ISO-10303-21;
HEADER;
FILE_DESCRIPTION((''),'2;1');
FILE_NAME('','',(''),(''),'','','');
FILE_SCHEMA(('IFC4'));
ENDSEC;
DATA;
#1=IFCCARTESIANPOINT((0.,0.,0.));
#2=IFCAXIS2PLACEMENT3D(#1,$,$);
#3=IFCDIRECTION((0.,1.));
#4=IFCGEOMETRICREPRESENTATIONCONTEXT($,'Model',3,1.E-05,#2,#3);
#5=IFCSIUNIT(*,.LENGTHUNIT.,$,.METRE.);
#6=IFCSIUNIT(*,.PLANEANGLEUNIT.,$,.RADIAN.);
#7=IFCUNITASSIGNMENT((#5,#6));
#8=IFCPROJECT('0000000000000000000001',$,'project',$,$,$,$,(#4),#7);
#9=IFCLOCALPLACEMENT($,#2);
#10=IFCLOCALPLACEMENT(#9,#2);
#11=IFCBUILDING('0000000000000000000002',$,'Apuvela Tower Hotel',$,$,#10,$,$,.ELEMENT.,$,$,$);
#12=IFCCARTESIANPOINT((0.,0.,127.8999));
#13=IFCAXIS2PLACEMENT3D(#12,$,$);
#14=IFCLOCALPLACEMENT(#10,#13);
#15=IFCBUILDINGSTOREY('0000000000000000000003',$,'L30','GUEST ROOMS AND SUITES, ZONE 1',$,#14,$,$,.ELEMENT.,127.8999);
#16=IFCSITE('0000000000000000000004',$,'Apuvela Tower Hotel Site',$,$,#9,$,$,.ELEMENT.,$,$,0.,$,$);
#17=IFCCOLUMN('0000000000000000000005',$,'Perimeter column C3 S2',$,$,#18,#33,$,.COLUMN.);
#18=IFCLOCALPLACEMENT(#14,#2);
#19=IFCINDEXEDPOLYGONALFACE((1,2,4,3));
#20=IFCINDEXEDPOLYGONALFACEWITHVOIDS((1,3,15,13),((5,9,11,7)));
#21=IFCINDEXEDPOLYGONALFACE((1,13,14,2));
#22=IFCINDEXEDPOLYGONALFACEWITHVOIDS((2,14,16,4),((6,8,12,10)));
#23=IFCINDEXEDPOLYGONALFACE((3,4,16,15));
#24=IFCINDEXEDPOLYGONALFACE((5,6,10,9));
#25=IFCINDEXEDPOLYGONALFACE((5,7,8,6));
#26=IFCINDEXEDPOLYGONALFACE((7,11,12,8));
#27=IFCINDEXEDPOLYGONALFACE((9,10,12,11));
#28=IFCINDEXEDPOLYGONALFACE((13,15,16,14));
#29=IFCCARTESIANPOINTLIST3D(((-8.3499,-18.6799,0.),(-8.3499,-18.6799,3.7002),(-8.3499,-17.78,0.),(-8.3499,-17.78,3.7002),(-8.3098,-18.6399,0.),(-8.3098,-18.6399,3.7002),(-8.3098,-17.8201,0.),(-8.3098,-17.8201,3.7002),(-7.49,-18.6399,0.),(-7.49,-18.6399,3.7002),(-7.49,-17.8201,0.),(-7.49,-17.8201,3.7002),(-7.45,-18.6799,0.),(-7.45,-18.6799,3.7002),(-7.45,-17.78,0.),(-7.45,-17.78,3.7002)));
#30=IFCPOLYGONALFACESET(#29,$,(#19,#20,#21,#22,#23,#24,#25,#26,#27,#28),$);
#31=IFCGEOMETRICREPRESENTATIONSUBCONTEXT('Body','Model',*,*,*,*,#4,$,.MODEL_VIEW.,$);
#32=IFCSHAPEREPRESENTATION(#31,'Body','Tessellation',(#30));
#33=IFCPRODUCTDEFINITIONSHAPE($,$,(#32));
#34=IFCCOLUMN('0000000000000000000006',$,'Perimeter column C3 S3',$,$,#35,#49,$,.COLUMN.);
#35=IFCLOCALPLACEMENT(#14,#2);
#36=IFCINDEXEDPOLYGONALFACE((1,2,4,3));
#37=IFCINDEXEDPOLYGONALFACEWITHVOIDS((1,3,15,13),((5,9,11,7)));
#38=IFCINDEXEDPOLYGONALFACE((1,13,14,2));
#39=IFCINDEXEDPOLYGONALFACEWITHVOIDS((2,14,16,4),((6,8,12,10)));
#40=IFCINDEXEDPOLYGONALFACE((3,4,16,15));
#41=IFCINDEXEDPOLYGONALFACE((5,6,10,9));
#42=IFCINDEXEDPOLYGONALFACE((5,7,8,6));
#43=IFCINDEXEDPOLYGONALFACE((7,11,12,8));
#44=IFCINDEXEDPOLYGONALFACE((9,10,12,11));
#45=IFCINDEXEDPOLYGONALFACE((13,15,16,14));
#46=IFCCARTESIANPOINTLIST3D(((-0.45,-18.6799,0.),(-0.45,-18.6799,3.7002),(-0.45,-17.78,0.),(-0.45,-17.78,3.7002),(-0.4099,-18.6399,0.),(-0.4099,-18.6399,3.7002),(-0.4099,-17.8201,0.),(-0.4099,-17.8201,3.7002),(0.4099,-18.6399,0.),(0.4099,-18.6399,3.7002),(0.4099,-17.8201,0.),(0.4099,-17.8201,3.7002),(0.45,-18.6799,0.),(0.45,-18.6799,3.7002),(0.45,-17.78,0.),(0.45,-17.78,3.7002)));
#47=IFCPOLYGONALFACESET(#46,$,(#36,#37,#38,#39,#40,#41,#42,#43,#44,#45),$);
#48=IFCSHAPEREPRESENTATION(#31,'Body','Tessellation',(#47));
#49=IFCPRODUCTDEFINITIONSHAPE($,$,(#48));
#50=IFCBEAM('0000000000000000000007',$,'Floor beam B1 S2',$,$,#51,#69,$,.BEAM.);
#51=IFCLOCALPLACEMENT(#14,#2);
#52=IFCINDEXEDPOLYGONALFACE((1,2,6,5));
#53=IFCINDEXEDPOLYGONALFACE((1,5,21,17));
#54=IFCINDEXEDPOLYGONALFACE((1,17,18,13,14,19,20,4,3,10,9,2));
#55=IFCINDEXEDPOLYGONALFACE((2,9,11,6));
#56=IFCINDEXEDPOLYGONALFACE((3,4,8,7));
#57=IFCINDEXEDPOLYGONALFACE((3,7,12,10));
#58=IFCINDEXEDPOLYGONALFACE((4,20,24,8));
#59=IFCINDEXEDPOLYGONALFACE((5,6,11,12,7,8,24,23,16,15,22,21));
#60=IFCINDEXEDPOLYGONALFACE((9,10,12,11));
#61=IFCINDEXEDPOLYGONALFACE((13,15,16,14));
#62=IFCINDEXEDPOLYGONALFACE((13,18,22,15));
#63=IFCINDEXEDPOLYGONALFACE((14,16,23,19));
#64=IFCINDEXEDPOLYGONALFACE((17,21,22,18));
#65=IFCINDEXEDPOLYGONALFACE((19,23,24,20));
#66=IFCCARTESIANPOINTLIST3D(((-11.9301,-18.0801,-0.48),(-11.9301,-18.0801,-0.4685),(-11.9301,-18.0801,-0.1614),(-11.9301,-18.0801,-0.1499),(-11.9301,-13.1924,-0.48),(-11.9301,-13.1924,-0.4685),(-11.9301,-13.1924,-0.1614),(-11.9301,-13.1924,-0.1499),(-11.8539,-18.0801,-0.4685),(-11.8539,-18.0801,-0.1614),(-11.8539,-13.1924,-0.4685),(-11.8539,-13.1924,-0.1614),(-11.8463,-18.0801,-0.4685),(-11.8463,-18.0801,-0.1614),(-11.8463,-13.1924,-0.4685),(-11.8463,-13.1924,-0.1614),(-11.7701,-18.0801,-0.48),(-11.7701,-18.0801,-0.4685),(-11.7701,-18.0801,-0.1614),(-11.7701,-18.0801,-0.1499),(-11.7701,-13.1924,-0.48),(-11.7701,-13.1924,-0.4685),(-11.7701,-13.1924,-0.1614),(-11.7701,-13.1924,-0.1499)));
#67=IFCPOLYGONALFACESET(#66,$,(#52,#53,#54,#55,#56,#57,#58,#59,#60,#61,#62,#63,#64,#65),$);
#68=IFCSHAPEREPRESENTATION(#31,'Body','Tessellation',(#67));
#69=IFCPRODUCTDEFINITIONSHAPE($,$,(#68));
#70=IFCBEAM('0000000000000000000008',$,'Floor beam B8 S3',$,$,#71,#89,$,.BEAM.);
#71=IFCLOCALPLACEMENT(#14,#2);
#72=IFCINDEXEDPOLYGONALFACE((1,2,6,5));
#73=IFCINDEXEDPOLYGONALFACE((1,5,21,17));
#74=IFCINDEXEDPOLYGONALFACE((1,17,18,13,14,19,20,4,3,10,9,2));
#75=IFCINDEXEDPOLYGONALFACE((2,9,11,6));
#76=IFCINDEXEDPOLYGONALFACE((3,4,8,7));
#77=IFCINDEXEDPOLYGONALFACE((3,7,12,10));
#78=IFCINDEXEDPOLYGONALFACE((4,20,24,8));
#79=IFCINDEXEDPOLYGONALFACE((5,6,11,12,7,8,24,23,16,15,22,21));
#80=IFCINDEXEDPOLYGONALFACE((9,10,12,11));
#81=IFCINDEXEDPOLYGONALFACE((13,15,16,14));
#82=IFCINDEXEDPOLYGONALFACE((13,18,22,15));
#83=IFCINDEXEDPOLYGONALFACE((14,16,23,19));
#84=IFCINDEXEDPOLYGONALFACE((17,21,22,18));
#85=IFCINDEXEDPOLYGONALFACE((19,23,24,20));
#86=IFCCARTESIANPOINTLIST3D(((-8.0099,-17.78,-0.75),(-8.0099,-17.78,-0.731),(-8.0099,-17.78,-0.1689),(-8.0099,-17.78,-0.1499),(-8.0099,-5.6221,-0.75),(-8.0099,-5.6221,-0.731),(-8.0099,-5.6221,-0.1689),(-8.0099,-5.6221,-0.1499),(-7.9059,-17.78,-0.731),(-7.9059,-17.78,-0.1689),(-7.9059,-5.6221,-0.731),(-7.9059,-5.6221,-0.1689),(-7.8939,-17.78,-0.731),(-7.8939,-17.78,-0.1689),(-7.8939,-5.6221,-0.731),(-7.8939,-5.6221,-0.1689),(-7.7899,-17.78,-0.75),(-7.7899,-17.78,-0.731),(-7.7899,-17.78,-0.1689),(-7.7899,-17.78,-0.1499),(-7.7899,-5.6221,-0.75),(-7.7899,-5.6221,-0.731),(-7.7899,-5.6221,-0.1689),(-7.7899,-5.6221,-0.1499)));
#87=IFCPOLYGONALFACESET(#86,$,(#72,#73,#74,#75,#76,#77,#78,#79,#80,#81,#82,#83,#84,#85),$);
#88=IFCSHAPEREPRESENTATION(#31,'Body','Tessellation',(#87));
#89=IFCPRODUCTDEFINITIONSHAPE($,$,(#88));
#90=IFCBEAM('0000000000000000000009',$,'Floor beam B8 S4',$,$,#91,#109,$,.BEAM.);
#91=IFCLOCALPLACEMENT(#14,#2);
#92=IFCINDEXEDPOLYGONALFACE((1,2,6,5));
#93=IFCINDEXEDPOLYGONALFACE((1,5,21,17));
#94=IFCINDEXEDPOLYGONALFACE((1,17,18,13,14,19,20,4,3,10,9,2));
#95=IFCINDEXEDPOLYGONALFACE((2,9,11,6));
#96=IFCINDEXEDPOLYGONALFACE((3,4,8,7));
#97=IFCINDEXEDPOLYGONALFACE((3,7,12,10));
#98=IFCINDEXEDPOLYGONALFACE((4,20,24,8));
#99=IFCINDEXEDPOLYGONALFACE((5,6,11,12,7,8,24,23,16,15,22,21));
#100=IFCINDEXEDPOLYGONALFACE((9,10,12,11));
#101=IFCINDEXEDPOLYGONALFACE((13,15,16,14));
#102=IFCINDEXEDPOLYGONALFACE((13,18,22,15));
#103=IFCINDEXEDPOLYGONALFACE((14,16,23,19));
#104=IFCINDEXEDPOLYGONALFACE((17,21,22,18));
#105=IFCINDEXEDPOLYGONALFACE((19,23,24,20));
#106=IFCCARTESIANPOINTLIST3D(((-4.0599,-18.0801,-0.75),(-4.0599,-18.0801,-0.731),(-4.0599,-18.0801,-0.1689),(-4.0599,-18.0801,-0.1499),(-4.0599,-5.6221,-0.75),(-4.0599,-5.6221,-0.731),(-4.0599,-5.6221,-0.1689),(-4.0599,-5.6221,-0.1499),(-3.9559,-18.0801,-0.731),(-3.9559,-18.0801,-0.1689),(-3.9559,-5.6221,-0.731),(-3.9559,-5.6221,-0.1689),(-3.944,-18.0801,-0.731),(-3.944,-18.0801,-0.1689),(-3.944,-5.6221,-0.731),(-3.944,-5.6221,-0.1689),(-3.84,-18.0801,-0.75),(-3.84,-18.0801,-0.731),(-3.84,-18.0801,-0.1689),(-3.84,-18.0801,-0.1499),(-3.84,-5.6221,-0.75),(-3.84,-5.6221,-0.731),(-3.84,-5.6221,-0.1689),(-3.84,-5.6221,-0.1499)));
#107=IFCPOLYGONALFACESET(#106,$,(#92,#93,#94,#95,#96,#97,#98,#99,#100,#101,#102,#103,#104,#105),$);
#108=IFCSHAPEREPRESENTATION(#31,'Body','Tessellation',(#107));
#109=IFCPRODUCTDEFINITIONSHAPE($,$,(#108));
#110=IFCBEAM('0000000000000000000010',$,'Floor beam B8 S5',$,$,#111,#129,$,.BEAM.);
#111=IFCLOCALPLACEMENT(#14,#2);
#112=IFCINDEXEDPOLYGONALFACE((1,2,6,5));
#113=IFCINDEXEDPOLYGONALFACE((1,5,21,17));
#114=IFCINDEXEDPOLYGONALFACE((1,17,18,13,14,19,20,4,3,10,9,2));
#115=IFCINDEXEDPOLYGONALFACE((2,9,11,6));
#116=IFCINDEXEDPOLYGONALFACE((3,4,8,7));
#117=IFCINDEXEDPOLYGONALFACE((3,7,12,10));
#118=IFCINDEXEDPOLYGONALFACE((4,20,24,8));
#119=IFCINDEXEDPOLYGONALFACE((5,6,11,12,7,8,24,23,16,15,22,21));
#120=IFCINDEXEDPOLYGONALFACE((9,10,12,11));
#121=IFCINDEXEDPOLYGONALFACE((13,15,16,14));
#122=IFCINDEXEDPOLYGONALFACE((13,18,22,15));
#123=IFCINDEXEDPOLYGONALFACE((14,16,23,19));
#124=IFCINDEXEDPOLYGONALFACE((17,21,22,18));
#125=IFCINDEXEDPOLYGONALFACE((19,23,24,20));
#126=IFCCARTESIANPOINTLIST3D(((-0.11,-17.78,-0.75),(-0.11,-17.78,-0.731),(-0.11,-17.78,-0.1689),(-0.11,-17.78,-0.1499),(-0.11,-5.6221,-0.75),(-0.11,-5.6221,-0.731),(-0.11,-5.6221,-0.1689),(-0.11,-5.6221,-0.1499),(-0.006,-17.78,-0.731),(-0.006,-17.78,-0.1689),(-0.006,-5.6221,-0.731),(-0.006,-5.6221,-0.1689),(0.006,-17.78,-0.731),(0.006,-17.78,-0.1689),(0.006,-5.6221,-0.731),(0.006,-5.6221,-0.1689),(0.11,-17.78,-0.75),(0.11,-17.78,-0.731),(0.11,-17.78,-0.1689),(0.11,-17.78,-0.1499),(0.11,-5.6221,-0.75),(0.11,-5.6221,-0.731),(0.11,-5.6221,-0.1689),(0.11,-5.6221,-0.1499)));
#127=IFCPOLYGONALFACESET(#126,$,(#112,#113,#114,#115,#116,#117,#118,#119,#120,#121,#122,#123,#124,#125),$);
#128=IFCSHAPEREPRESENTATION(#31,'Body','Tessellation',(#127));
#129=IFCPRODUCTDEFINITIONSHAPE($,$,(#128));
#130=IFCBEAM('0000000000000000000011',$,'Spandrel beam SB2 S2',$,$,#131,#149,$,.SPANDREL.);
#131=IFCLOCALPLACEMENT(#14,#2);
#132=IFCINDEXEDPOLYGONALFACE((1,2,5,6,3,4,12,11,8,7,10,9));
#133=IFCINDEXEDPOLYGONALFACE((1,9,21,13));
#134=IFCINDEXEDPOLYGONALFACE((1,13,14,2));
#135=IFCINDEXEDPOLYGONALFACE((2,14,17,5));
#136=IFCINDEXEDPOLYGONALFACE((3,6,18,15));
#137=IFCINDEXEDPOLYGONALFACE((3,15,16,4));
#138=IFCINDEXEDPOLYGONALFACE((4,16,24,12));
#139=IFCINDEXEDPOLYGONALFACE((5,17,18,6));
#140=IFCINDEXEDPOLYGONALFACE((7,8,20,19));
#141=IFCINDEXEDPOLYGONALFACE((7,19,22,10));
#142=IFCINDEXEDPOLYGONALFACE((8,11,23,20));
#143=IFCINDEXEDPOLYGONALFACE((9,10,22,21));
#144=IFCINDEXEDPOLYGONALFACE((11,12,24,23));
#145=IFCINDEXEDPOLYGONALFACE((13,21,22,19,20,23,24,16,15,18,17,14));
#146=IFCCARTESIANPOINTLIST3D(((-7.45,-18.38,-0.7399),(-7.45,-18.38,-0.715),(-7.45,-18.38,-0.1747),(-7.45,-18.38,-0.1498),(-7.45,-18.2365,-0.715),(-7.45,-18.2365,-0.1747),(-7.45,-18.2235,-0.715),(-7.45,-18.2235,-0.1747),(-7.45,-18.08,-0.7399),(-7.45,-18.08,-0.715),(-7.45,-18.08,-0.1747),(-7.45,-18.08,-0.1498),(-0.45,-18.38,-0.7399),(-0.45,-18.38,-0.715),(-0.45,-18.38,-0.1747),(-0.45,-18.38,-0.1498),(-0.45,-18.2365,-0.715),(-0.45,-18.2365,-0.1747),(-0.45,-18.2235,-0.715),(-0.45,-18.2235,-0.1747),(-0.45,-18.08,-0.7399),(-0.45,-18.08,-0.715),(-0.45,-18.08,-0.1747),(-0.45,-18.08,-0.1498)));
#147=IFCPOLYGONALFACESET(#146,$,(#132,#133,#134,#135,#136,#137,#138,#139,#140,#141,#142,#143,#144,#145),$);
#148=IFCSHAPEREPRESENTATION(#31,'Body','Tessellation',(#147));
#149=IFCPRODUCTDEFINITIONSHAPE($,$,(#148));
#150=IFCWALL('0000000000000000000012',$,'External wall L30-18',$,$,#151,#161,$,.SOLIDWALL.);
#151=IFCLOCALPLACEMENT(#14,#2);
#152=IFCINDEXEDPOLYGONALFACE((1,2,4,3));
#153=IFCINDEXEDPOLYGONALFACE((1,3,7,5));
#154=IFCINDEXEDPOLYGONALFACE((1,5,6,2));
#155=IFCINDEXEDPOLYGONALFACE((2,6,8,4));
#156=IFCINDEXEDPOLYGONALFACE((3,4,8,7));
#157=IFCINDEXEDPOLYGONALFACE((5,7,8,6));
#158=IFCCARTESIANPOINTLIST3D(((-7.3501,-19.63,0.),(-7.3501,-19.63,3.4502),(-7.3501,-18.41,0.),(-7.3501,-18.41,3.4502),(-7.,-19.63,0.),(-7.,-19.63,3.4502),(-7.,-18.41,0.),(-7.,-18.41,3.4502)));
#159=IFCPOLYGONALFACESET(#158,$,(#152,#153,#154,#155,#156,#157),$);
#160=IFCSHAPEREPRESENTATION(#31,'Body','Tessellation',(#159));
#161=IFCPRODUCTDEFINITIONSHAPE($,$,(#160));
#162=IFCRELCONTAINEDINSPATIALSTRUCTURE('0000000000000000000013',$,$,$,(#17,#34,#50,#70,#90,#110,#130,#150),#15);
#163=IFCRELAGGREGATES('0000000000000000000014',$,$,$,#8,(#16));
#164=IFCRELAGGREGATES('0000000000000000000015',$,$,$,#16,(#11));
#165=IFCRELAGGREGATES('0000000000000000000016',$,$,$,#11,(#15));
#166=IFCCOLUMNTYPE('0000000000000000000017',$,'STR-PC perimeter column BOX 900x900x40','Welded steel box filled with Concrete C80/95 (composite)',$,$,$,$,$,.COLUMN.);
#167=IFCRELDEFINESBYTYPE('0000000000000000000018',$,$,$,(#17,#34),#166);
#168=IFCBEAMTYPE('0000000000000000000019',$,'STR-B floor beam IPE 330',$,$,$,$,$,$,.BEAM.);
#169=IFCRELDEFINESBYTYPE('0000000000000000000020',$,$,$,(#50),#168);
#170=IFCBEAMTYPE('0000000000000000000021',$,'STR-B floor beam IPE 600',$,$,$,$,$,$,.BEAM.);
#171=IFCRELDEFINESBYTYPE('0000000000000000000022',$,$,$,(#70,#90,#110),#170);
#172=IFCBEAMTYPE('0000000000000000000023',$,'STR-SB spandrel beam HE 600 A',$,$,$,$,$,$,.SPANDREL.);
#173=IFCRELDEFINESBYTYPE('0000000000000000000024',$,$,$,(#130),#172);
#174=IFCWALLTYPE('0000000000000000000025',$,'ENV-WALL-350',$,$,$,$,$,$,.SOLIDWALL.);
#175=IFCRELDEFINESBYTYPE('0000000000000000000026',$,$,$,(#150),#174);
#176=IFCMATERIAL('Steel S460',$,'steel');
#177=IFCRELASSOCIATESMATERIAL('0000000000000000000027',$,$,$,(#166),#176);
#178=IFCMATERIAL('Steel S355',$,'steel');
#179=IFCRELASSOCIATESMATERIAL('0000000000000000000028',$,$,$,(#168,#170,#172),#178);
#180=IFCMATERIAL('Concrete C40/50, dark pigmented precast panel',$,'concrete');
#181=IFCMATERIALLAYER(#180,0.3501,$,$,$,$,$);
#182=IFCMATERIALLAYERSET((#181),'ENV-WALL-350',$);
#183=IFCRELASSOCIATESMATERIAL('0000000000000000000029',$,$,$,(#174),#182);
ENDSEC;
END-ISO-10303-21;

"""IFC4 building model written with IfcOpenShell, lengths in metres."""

from ifc_helpers import new_model, si_unit, direction, frame, frame_2d, origin, origin_2d, place, context, subcontext, project, spatial, rectangle, hollow_rectangle, i_section, extrude, material, layer, layer_set, material_profile, profile_set, type_object, element, save


model = new_model("IFC4")

# Units and contexts
model_context = context("Model", 3, precision=1e-05, world=origin(), true_north=direction((0.0, 1.0)))
body_context = subcontext(model_context, "Body", "Model", "MODEL_VIEW")
ifc_project = project(units=[si_unit("LENGTHUNIT", "METRE"), si_unit("PLANEANGLEUNIT", "RADIAN")], contexts=[model_context])

# Site, building, storey
site_placement = place(None, origin())
site = spatial("IfcSite", under=ifc_project, at=site_placement, Name="Apuvela Tower Hotel Site", CompositionType="ELEMENT", RefElevation=0.0)
building_placement = place(site_placement, origin())
building = spatial("IfcBuilding", under=site, at=building_placement, Name="Apuvela Tower Hotel", CompositionType="ELEMENT")
storey_placement = place(building_placement, frame((0.0, 0.0, 127.8999)))
storey = spatial("IfcBuildingStorey", under=building, at=storey_placement, Name="L30", Description="GUEST ROOMS AND SUITES, ZONE 1", CompositionType="ELEMENT", Elevation=127.8999)

# Columns
ifc_material_1 = material(Name="Steel S460", Category="steel")
ifc_material_profile_1 = material_profile(ifc_material_1, hollow_rectangle(XDim=0.8999, YDim=0.8999, WallThickness=0.04, at=origin_2d()), Name="BOX 900x900x40")
ifc_material_2 = material(Name="Concrete C80/95", Category="concrete")
ifc_material_profile_2 = material_profile(ifc_material_2, rectangle(XDim=0.8201, YDim=0.8201, at=origin_2d()), Name="Concrete C80/95 infill")
ifc_profile_set_1 = profile_set([ifc_material_profile_1, ifc_material_profile_2], Name="Steel S460")
column_type = type_object("IfcColumnType", Name="STR-PC perimeter column BOX 900x900x40", Description="Welded steel box filled with Concrete C80/95 (composite)", PredefinedType="COLUMN", material=ifc_profile_set_1)
for number, where, z_axis, x_axis, name in (
    (1, (-7.8999, -18.23, 0.0), (0.0, 0.0, 1.0), (-1.0, 0.0, 0.0), "Perimeter column C3 S2"),
    (2, (0.0, -18.23, 0.0), (0.0, 0.0, 1.0), (-1.0, 0.0, 0.0), "Perimeter column C3 S3"),
):
    element("IfcColumn", number, at=place(storey_placement, frame(where, z_axis=z_axis, x_axis=x_axis)), inside=storey, type_object=column_type, Name=name, PredefinedType="COLUMN", context=body_context, shape_type="SweptSolid", body=[
        extrude(hollow_rectangle(XDim=0.8999, YDim=0.8999, WallThickness=0.04, at=origin_2d()), origin(), (0.0, 0.0, 1.0), 3.7002),
    ])

# Beams
ifc_material_3 = material(Name="Steel S355", Category="steel")
ifc_material_profile_3 = material_profile(ifc_material_3, i_section(OverallWidth=0.1599, OverallDepth=0.3301, WebThickness=0.0076, FlangeThickness=0.0115, at=origin_2d()), Name="IPE 330")
ifc_profile_set_2 = profile_set([ifc_material_profile_3], Name="Steel S355")
beam_type_1 = type_object("IfcBeamType", Name="STR-B floor beam IPE 330", PredefinedType="BEAM", material=ifc_profile_set_2)
beam_1_placement = place(storey_placement, frame((-11.8501, -18.0801, -0.3149), z_axis=(0.0, 1.0, 0.0), x_axis=(-1.0, 0.0, 0.0)))
element("IfcBeam", 3, at=beam_1_placement, inside=storey, type_object=beam_type_1, Name="Floor beam B1 S2", PredefinedType="BEAM", context=body_context, shape_type="SweptSolid", body=[
    extrude(i_section(OverallWidth=0.1599, OverallDepth=0.3301, WebThickness=0.0076, FlangeThickness=0.0115, at=origin_2d()), origin(), (0.0, 0.0, 1.0), 4.8877),
])
ifc_material_profile_4 = material_profile(ifc_material_3, i_section(OverallWidth=0.22, OverallDepth=0.6001, WebThickness=0.012, FlangeThickness=0.019, at=origin_2d()), Name="IPE 600")
ifc_profile_set_3 = profile_set([ifc_material_profile_4], Name="Steel S355")
beam_type_2 = type_object("IfcBeamType", Name="STR-B floor beam IPE 600", PredefinedType="BEAM", material=ifc_profile_set_3)
beam_2_placement = place(storey_placement, frame((-7.8999, -17.78, -0.45), z_axis=(0.0, 1.0, 0.0), x_axis=(-1.0, 0.0, 0.0)))
element("IfcBeam", 4, at=beam_2_placement, inside=storey, type_object=beam_type_2, Name="Floor beam B8 S3", PredefinedType="BEAM", context=body_context, shape_type="SweptSolid", body=[
    extrude(i_section(OverallWidth=0.22, OverallDepth=0.6001, WebThickness=0.012, FlangeThickness=0.019, at=origin_2d()), origin(), (0.0, 0.0, 1.0), 12.158),
])
beam_3_placement = place(storey_placement, frame((-3.95, -18.0801, -0.45), z_axis=(0.0, 1.0, 0.0), x_axis=(-1.0, 0.0, 0.0)))
element("IfcBeam", 5, at=beam_3_placement, inside=storey, type_object=beam_type_2, Name="Floor beam B8 S4", PredefinedType="BEAM", context=body_context, shape_type="SweptSolid", body=[
    extrude(i_section(OverallWidth=0.22, OverallDepth=0.6001, WebThickness=0.012, FlangeThickness=0.019, at=origin_2d()), origin(), (0.0, 0.0, 1.0), 12.458),
])
beam_4_placement = place(storey_placement, frame((0.0, -17.78, -0.45), z_axis=(0.0, 1.0, 0.0), x_axis=(-1.0, 0.0, 0.0)))
element("IfcBeam", 6, at=beam_4_placement, inside=storey, type_object=beam_type_2, Name="Floor beam B8 S5", PredefinedType="BEAM", context=body_context, shape_type="SweptSolid", body=[
    extrude(i_section(OverallWidth=0.22, OverallDepth=0.6001, WebThickness=0.012, FlangeThickness=0.019, at=origin_2d()), origin(), (0.0, 0.0, 1.0), 12.158),
])
ifc_material_profile_5 = material_profile(ifc_material_3, i_section(OverallWidth=0.3, OverallDepth=0.5901, WebThickness=0.0129, FlangeThickness=0.0249, at=origin_2d()), Name="HE 600 A")
ifc_profile_set_4 = profile_set([ifc_material_profile_5], Name="Steel S355")
beam_type_3 = type_object("IfcBeamType", Name="STR-SB spandrel beam HE 600 A", PredefinedType="SPANDREL", material=ifc_profile_set_4)
beam_5_placement = place(storey_placement, frame((-7.45, -18.23, -0.4448), z_axis=(1.0, 0.0, 0.0), x_axis=(0.0, 1.0, 0.0)))
element("IfcBeam", 7, at=beam_5_placement, inside=storey, type_object=beam_type_3, Name="Spandrel beam SB2 S2", PredefinedType="SPANDREL", context=body_context, shape_type="SweptSolid", body=[
    extrude(i_section(OverallWidth=0.3, OverallDepth=0.5901, WebThickness=0.0129, FlangeThickness=0.0249, at=origin_2d()), origin(), (0.0, 0.0, 1.0), 7.0),
])

# Wall
ifc_material_4 = material(Name="Concrete C40/50, dark pigmented precast panel", Category="concrete")
ifc_layer_1 = layer(ifc_material_4, 0.3501)
ifc_layer_set_1 = layer_set([ifc_layer_1], Name="ENV-WALL-350")
wall_type_1 = type_object("IfcWallType", Name="ENV-WALL-350", PredefinedType="SOLIDWALL", material=ifc_layer_set_1)
wall_1_placement = place(storey_placement, frame((-7.175, -19.6299, 0.0), z_axis=(0.0, 0.0, 1.0), x_axis=(0.0, 1.0, 0.0)))
element("IfcWall", 8, at=wall_1_placement, inside=storey, type_object=wall_type_1, Name="External wall L30-18", PredefinedType="SOLIDWALL", context=body_context, shape_type="SweptSolid", body=[
    extrude(rectangle(XDim=1.22, YDim=0.3501, at=frame_2d((0.6099, 0.0))), origin(), (0.0, 0.0, 1.0), 3.4502),
])

save(model, "model.ifc")
